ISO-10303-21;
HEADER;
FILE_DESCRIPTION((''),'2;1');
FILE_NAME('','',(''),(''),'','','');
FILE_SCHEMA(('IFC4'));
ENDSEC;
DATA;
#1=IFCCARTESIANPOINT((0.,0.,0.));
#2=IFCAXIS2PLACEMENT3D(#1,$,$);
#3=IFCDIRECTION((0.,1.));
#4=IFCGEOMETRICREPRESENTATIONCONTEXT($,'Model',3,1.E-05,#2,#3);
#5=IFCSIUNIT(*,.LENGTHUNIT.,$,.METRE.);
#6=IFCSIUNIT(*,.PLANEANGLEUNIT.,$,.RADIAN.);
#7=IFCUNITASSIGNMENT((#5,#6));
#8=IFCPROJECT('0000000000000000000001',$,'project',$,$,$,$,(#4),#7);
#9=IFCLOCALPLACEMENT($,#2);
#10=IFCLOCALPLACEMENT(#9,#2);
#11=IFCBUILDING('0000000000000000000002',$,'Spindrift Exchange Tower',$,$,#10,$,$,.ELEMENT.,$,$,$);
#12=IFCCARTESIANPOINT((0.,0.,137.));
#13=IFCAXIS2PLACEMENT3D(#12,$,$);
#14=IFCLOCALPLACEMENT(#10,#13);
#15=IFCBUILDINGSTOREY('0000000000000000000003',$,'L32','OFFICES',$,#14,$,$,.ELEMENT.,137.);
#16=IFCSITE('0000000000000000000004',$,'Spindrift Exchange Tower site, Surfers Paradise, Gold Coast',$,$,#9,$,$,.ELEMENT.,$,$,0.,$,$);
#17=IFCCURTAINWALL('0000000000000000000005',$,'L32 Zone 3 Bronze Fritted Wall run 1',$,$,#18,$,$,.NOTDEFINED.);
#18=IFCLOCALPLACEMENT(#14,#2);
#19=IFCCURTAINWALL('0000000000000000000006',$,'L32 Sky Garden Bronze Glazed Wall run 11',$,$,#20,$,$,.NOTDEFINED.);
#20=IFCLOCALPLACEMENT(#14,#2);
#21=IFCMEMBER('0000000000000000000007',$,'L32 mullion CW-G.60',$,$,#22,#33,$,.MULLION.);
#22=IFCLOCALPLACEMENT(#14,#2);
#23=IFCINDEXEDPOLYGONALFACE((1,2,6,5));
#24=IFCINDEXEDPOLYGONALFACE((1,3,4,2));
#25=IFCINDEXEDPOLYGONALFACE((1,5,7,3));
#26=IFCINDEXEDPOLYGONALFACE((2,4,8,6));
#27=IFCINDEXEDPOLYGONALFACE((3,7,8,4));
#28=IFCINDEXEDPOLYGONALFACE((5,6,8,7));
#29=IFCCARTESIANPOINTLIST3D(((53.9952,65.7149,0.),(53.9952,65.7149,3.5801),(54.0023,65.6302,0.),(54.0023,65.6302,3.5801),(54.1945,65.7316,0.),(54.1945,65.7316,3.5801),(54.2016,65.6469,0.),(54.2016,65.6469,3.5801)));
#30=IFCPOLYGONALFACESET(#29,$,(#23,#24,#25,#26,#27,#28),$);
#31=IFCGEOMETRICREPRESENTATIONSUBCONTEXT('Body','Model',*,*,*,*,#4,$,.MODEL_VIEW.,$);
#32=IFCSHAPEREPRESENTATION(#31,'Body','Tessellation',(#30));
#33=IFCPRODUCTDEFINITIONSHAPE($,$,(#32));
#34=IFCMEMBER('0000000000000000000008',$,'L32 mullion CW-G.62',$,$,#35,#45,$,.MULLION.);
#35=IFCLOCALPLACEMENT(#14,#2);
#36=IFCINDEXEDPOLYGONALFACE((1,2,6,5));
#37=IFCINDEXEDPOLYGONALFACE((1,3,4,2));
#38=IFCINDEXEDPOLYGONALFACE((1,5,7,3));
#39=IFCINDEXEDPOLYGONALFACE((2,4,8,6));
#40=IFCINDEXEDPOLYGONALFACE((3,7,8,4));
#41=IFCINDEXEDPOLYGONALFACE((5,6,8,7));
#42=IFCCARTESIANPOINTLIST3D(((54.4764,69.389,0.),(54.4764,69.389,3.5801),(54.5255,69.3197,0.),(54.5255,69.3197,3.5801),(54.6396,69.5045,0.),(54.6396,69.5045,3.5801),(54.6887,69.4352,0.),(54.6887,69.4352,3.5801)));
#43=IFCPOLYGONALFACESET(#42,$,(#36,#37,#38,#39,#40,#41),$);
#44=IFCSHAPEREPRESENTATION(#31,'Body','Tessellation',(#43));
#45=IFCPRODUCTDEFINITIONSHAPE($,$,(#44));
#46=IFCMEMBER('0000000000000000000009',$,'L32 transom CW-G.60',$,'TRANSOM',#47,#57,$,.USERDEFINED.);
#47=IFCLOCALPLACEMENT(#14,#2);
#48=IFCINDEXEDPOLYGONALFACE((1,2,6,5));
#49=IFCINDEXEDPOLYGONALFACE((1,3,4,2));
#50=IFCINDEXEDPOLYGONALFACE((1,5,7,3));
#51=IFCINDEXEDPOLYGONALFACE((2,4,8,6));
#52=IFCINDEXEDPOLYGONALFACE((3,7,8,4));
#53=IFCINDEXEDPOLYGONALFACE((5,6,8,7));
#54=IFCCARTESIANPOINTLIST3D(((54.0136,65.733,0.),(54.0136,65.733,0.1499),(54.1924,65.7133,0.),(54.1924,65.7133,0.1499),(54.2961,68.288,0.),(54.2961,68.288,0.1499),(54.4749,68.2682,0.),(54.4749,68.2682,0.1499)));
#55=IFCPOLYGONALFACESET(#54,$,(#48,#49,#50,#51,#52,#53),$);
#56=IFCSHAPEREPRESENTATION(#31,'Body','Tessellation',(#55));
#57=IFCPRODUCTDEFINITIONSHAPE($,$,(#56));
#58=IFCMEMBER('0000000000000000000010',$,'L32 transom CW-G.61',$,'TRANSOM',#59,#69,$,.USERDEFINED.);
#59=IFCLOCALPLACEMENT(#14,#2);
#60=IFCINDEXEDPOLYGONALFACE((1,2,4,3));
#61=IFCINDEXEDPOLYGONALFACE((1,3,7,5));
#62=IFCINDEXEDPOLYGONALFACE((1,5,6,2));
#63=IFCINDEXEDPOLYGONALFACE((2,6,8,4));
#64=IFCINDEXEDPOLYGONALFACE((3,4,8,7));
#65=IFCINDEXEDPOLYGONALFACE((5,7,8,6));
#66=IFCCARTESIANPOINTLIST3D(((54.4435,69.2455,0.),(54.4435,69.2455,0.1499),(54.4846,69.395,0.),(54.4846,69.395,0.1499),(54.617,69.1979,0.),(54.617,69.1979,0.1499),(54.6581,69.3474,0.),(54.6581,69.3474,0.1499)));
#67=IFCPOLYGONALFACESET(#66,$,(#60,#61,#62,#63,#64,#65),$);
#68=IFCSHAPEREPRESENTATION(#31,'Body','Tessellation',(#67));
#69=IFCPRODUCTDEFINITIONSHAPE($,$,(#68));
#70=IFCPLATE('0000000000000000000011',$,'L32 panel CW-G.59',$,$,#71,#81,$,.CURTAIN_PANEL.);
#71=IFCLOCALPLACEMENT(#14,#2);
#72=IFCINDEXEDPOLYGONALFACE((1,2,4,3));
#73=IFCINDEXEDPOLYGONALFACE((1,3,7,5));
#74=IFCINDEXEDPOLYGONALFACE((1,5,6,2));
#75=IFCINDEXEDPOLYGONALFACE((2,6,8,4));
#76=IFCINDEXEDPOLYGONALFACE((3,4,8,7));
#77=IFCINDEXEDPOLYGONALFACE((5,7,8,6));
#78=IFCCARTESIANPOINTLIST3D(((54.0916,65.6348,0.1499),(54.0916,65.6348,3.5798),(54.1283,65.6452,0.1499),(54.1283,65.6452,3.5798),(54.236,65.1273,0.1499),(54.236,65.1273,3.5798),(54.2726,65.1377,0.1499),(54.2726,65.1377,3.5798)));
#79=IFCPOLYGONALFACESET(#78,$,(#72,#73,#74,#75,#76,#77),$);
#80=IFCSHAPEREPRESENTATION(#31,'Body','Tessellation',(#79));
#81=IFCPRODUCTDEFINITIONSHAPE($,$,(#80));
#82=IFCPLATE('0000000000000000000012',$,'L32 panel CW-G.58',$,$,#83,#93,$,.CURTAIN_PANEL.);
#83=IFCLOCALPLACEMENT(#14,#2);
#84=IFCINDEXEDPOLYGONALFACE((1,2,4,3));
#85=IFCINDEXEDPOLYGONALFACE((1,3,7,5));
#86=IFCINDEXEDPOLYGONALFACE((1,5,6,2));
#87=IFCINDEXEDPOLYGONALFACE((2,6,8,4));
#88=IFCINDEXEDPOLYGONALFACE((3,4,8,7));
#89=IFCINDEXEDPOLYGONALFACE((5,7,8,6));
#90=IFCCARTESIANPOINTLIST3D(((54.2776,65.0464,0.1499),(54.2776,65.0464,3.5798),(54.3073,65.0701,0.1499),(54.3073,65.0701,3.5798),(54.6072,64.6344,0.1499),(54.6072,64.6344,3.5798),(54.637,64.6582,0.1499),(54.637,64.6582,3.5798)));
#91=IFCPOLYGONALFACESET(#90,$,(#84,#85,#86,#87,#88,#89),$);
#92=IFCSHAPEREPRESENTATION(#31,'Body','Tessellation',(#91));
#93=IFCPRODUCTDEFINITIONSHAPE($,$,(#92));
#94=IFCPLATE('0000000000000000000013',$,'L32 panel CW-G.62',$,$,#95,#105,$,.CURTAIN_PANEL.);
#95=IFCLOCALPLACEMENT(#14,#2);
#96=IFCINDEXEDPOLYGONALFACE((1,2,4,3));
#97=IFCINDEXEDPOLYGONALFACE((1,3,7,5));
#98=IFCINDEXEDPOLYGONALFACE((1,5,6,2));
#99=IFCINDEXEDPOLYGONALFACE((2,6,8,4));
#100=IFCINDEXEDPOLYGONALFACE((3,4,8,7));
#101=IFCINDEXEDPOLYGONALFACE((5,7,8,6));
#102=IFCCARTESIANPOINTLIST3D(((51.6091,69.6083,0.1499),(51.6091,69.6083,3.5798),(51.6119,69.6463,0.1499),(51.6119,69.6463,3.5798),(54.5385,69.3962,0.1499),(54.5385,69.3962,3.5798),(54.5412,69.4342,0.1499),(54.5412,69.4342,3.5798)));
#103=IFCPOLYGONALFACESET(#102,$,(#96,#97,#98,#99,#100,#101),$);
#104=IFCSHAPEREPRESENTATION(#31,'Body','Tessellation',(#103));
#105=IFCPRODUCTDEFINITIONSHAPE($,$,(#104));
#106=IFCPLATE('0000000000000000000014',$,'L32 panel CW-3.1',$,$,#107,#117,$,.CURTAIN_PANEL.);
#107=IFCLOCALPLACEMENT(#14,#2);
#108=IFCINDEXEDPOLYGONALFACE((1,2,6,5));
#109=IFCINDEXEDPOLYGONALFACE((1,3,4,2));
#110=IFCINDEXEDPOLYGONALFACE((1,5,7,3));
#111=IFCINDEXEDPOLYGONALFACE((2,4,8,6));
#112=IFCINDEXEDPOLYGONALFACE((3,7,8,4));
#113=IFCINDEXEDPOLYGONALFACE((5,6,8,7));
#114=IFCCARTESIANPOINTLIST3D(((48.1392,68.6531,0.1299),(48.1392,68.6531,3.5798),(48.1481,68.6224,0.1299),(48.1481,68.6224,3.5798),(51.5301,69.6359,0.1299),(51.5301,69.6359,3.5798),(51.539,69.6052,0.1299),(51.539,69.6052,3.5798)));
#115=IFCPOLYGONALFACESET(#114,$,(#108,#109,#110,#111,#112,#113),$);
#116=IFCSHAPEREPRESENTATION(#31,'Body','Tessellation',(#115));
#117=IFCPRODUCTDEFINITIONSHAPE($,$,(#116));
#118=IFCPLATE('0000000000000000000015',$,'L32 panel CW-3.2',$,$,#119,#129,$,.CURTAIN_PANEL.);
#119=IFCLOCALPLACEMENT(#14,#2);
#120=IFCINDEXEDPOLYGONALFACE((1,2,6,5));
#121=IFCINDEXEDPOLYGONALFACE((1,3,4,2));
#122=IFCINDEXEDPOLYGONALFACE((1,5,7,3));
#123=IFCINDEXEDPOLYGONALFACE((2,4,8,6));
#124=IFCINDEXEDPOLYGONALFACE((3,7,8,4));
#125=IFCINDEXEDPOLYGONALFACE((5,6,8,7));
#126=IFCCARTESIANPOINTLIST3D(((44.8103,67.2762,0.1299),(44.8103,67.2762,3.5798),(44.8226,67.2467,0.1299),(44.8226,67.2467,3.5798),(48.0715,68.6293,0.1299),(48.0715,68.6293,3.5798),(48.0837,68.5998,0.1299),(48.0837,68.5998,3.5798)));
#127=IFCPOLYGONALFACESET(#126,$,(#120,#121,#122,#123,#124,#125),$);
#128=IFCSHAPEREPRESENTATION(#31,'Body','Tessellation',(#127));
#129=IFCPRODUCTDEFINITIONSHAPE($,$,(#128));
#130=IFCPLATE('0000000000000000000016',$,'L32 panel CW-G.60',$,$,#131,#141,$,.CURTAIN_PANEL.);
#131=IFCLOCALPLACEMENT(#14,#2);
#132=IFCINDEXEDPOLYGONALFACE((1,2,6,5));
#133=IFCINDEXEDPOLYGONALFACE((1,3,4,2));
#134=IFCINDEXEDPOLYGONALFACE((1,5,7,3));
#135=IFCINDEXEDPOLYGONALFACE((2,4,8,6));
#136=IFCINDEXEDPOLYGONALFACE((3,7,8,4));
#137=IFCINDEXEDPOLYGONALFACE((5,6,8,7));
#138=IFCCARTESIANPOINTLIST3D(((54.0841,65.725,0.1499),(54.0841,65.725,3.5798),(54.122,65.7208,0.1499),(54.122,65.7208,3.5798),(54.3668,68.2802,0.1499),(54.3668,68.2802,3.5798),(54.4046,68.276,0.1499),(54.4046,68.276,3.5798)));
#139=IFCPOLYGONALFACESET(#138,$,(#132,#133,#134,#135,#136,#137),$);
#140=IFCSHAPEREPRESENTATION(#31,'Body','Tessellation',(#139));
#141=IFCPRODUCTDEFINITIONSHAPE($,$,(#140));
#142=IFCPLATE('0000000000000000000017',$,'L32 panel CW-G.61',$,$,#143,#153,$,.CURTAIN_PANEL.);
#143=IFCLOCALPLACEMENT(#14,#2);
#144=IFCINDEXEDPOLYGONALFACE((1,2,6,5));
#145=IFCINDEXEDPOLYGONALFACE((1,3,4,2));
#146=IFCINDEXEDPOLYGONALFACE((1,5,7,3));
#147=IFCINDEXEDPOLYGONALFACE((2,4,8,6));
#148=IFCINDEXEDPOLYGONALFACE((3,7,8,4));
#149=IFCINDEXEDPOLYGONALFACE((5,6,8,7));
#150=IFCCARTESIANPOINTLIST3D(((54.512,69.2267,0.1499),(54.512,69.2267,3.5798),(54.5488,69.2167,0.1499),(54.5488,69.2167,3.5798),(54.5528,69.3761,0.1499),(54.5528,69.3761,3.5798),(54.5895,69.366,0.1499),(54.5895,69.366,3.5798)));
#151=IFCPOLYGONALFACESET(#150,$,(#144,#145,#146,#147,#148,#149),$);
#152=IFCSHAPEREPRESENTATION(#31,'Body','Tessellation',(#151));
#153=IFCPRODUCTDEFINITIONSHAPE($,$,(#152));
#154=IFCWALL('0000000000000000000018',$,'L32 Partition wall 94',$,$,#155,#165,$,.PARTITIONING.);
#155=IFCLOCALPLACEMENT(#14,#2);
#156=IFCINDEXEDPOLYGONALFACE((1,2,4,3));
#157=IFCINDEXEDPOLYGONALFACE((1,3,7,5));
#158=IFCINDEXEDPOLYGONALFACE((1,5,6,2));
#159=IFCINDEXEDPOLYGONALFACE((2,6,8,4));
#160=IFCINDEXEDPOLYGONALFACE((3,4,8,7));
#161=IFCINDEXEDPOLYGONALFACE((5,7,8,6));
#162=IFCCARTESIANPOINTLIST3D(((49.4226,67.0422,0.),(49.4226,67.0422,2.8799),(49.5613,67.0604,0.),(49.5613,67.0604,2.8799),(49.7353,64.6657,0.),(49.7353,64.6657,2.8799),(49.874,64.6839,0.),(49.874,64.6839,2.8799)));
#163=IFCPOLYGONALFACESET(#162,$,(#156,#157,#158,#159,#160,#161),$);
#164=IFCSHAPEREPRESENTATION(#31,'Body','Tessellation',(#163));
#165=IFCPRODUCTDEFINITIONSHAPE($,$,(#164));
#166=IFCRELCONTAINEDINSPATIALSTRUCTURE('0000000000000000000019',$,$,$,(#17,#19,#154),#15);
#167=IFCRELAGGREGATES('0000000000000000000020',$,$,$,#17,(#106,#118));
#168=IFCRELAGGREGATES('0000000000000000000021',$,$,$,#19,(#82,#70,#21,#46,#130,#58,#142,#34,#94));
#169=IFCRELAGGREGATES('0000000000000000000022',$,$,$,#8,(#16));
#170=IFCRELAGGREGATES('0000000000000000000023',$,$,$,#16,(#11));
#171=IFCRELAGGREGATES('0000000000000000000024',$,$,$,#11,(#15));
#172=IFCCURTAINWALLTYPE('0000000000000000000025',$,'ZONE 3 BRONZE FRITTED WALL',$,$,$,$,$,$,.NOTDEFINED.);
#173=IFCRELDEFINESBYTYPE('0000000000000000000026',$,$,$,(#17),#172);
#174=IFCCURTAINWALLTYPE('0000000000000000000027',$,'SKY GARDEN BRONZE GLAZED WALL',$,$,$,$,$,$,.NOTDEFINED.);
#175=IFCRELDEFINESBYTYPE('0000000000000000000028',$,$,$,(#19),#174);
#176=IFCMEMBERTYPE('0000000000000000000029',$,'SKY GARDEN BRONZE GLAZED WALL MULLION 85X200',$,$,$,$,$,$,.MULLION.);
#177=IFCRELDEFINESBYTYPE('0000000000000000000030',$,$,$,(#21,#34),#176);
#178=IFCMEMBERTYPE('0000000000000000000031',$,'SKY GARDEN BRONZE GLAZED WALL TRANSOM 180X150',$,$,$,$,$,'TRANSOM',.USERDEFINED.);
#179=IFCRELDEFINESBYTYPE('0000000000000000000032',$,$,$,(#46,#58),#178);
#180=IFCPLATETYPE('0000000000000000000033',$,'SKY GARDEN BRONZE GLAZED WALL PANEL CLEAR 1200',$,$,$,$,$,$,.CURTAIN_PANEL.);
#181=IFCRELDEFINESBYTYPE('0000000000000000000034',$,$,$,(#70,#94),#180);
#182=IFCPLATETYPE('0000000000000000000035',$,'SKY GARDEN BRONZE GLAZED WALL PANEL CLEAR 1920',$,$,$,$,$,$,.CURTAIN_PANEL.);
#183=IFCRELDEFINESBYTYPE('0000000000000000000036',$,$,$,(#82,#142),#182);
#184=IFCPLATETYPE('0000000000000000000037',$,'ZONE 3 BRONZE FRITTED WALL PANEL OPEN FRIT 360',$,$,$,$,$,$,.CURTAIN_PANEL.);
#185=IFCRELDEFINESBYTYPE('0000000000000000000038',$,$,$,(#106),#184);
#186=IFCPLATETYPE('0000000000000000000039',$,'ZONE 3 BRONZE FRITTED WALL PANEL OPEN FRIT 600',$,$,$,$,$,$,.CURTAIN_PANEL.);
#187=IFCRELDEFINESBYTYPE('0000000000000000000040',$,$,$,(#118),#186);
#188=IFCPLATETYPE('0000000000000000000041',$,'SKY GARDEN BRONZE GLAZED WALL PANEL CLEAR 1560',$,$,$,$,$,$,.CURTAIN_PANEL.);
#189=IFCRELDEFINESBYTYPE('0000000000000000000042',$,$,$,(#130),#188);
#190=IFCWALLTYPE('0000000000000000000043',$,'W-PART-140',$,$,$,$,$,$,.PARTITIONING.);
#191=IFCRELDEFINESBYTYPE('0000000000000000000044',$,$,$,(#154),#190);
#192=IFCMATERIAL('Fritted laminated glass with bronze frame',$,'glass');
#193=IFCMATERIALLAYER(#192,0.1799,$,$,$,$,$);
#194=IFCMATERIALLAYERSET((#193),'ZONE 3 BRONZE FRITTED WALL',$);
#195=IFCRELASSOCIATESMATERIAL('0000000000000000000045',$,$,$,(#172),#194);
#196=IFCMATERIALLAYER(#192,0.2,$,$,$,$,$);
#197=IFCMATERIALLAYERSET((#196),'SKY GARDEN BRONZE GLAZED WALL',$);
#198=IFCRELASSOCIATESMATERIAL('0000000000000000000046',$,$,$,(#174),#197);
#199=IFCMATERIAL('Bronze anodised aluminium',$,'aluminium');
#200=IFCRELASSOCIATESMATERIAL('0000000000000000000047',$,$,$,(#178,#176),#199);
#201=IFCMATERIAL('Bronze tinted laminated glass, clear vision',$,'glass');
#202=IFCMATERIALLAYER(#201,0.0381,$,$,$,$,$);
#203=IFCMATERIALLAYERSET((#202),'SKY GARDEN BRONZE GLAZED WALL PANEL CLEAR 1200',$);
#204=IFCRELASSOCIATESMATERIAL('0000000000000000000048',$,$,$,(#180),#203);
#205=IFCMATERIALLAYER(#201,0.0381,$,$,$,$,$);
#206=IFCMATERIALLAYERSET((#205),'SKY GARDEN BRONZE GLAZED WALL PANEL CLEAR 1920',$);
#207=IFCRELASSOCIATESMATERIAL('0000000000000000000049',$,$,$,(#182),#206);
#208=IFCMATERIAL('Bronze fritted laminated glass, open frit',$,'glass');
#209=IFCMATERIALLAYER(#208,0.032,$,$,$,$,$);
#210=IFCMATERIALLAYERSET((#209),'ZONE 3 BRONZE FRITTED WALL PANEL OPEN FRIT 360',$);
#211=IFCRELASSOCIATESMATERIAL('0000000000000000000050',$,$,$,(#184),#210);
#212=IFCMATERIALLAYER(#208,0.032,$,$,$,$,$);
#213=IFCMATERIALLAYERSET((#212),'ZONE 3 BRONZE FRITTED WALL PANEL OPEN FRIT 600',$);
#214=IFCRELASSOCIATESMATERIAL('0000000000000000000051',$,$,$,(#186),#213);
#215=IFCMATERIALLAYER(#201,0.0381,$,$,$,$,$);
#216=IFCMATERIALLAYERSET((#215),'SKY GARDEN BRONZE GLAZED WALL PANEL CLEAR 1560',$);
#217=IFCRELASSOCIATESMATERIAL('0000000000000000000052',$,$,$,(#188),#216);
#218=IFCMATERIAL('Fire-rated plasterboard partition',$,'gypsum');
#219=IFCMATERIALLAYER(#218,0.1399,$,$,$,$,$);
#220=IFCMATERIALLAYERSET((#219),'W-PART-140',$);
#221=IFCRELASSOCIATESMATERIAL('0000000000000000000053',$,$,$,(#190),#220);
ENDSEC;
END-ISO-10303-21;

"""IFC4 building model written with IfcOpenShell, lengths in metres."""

from ifc_helpers import new_model, si_unit, direction, frame, frame_2d, origin, origin_2d, place, context, subcontext, project, spatial, rectangle, extrude, source, transform, mapped, material, layer, layer_set, material_profile, profile_set, type_object, element, aggregate, save


model = new_model("IFC4")

# Units and contexts
model_context = context("Model", 3, precision=1e-05, world=origin(), true_north=direction((0.0, 1.0)))
body_context = subcontext(model_context, "Body", "Model", "MODEL_VIEW")
ifc_project = project(units=[si_unit("LENGTHUNIT", "METRE"), si_unit("PLANEANGLEUNIT", "RADIAN")], contexts=[model_context])

# Site, building, storey
site_placement = place(None, origin())
site = spatial("IfcSite", under=ifc_project, at=site_placement, Name="Spindrift Exchange Tower site, Surfers Paradise, Gold Coast", CompositionType="ELEMENT", RefElevation=0.0)
building_placement = place(site_placement, origin())
building = spatial("IfcBuilding", under=site, at=building_placement, Name="Spindrift Exchange Tower", CompositionType="ELEMENT")
storey_placement = place(building_placement, frame((0.0, 0.0, 137.0)))
storey = spatial("IfcBuildingStorey", under=building, at=storey_placement, Name="L32", Description="OFFICES", CompositionType="ELEMENT", Elevation=137.0)

# Curtain walls
ifc_material_1 = material(Name="Fritted laminated glass with bronze frame", Category="glass")
ifc_layer_1 = layer(ifc_material_1, 0.1799)
ifc_layer_set_1 = layer_set([ifc_layer_1], Name="ZONE 3 BRONZE FRITTED WALL")
curtain_wall_type_1 = type_object("IfcCurtainWallType", Name="ZONE 3 BRONZE FRITTED WALL", PredefinedType="NOTDEFINED", material=ifc_layer_set_1)
curtain_wall_1_placement = place(storey_placement, origin())
curtain_wall_1 = element("IfcCurtainWall", 1, at=curtain_wall_1_placement, inside=storey, type_object=curtain_wall_type_1, Name="L32 Zone 3 Bronze Fritted Wall run 1", PredefinedType="NOTDEFINED")
ifc_material_2 = material(Name="Bronze anodised aluminium", Category="aluminium")
ifc_layer_2 = layer(ifc_material_1, 0.2)
ifc_layer_set_2 = layer_set([ifc_layer_2], Name="SKY GARDEN BRONZE GLAZED WALL")
curtain_wall_type_2 = type_object("IfcCurtainWallType", Name="SKY GARDEN BRONZE GLAZED WALL", PredefinedType="NOTDEFINED", material=ifc_layer_set_2)
curtain_wall_2_placement = place(storey_placement, origin())
curtain_wall_2 = element("IfcCurtainWall", 2, at=curtain_wall_2_placement, inside=storey, type_object=curtain_wall_type_2, Name="L32 Sky Garden Bronze Glazed Wall run 11", PredefinedType="NOTDEFINED")
ifc_material_profile_1 = material_profile(ifc_material_2, rectangle(XDim=0.1799, YDim=0.1499, at=origin_2d()), Name="SKY GARDEN BRONZE GLAZED WALL TRANSOM 180X150")
ifc_profile_set_1 = profile_set([ifc_material_profile_1], Name="Bronze anodised aluminium")
member_type_1 = type_object("IfcMemberType", Name="SKY GARDEN BRONZE GLAZED WALL TRANSOM 180X150", ElementType="TRANSOM", PredefinedType="USERDEFINED", material=ifc_profile_set_1)

# Members
ifc_material_profile_2 = material_profile(ifc_material_2, rectangle(XDim=0.085, YDim=0.2, at=origin_2d()), Name="SKY GARDEN BRONZE GLAZED WALL MULLION 85X200")
ifc_profile_set_2 = profile_set([ifc_material_profile_2], Name="Bronze anodised aluminium")
member_type_2 = type_object("IfcMemberType", Name="SKY GARDEN BRONZE GLAZED WALL MULLION 85X200", PredefinedType="MULLION", material=ifc_profile_set_2)
shared_shape_1 = source(origin(), body_context, "Body", "SweptSolid", [
    extrude(rectangle(XDim=0.085, YDim=0.2, at=origin_2d()), origin(), (0.0, 0.0, 1.0), 3.5801),
])
member_1_placement = place(storey_placement, frame((54.0984, 65.6809, 0.0), z_axis=(0.0, 0.0, 1.0), x_axis=(-0.083362, 0.996519, 0.0)))
member_1 = element("IfcMember", 3, at=member_1_placement, type_object=member_type_2, Name="L32 mullion CW-G.60", PredefinedType="MULLION", context=body_context, shape_type="MappedRepresentation", body=[
    mapped(shared_shape_1, transform((0.0, 0.0, 0.0), scale=1.0)),
])
member_2_placement = place(storey_placement, frame((54.5825, 69.4121, 0.0), z_axis=(0.0, 0.0, 1.0), x_axis=(-0.57774, 0.816221, 0.0)))
member_2 = element("IfcMember", 4, at=member_2_placement, type_object=member_type_2, Name="L32 mullion CW-G.62", PredefinedType="MULLION", context=body_context, shape_type="MappedRepresentation", body=[
    mapped(shared_shape_1, transform((0.0, 0.0, 0.0), scale=1.0)),
])
shared_shape_2 = source(origin(), body_context, "Body", "SweptSolid", [
    extrude(rectangle(XDim=0.1799, YDim=0.1499, at=origin_2d()), origin(), (0.0, 0.0, 1.0), 2.5706),
])
member_3_placement = place(storey_placement, frame((54.103, 65.7231, 0.075), z_axis=(0.109889, 0.993944, 0.0), x_axis=(-0.993944, 0.109889, 0.0)))
member_3 = element("IfcMember", 5, at=member_3_placement, type_object=member_type_1, Name="L32 transom CW-G.60", ObjectType="TRANSOM", PredefinedType="USERDEFINED", context=body_context, shape_type="MappedRepresentation", body=[
    mapped(shared_shape_2, transform((0.0, 0.0, 0.0), scale=1.0)),
])
shared_shape_3 = source(origin(), body_context, "Body", "SweptSolid", [
    extrude(rectangle(XDim=0.1799, YDim=0.1499, at=origin_2d()), origin(), (0.0, 0.0, 1.0), 0.155),
])
member_4_placement = place(storey_placement, frame((54.5303, 69.2217, 0.075), z_axis=(0.264717, 0.964326, 0.0), x_axis=(-0.964326, 0.264717, 0.0)))
member_4 = element("IfcMember", 6, at=member_4_placement, type_object=member_type_1, Name="L32 transom CW-G.61", ObjectType="TRANSOM", PredefinedType="USERDEFINED", context=body_context, shape_type="MappedRepresentation", body=[
    mapped(shared_shape_3, transform((0.0, 0.0, 0.0), scale=1.0)),
])

# Plates
ifc_material_3 = material(Name="Bronze tinted laminated glass, clear vision", Category="glass")
ifc_layer_3 = layer(ifc_material_3, 0.0381)
ifc_layer_set_3 = layer_set([ifc_layer_3], Name="SKY GARDEN BRONZE GLAZED WALL PANEL CLEAR 1200")
plate_type_1 = type_object("IfcPlateType", Name="SKY GARDEN BRONZE GLAZED WALL PANEL CLEAR 1200", PredefinedType="CURTAIN_PANEL", material=ifc_layer_set_3)
shared_shape_4 = source(origin(), body_context, "Body", "SweptSolid", [
    extrude(rectangle(XDim=0.5276, YDim=0.0381, at=origin_2d()), origin(), (0.0, 0.0, 1.0), 3.4299),
])
plate_1_placement = place(storey_placement, frame((54.1821, 65.3862, 0.1499), z_axis=(0.0, 0.0, 1.0), x_axis=(-0.273556, 0.961856, 0.0)))
plate_1 = element("IfcPlate", 7, at=plate_1_placement, type_object=plate_type_1, Name="L32 panel CW-G.59", PredefinedType="CURTAIN_PANEL", context=body_context, shape_type="MappedRepresentation", body=[
    mapped(shared_shape_4, transform((0.0, 0.0, 0.0), scale=1.0)),
])
ifc_layer_4 = layer(ifc_material_3, 0.0381)
ifc_layer_set_4 = layer_set([ifc_layer_4], Name="SKY GARDEN BRONZE GLAZED WALL PANEL CLEAR 1920")
plate_type_2 = type_object("IfcPlateType", Name="SKY GARDEN BRONZE GLAZED WALL PANEL CLEAR 1920", PredefinedType="CURTAIN_PANEL", material=ifc_layer_set_4)
shared_shape_5 = source(origin(), body_context, "Body", "SweptSolid", [
    extrude(rectangle(XDim=0.5276, YDim=0.0381, at=origin_2d()), origin(), (0.0, 0.0, 1.0), 3.4299),
])
plate_2_placement = place(storey_placement, frame((54.4573, 64.8523, 0.1499), z_axis=(0.0, 0.0, 1.0), x_axis=(-0.624854, 0.780741, 0.0)))
plate_2 = element("IfcPlate", 8, at=plate_2_placement, type_object=plate_type_2, Name="L32 panel CW-G.58", PredefinedType="CURTAIN_PANEL", context=body_context, shape_type="MappedRepresentation", body=[
    mapped(shared_shape_5, transform((0.0, 0.0, 0.0), scale=1.0)),
])
shared_shape_6 = source(origin(), body_context, "Body", "SweptSolid", [
    extrude(rectangle(XDim=2.937, YDim=0.0381, at=origin_2d()), origin(), (0.0, 0.0, 1.0), 3.4299),
])
plate_3_placement = place(storey_placement, frame((53.0752, 69.5212, 0.1499), z_axis=(0.0, 0.0, 1.0), x_axis=(-0.99739, 0.072202, 0.0)))
plate_3 = element("IfcPlate", 9, at=plate_3_placement, type_object=plate_type_1, Name="L32 panel CW-G.62", PredefinedType="CURTAIN_PANEL", context=body_context, shape_type="MappedRepresentation", body=[
    mapped(shared_shape_6, transform((0.0, 0.0, 0.0), scale=1.0)),
])
ifc_material_4 = material(Name="Bronze fritted laminated glass, open frit", Category="glass")
ifc_layer_5 = layer(ifc_material_4, 0.032)
ifc_layer_set_5 = layer_set([ifc_layer_5], Name="ZONE 3 BRONZE FRITTED WALL PANEL OPEN FRIT 360")
plate_type_3 = type_object("IfcPlateType", Name="ZONE 3 BRONZE FRITTED WALL PANEL OPEN FRIT 360", PredefinedType="CURTAIN_PANEL", material=ifc_layer_set_5)
shared_shape_7 = source(origin(), body_context, "Body", "SweptSolid", [
    extrude(rectangle(XDim=3.5305, YDim=0.032, at=origin_2d()), origin(), (0.0, 0.0, 1.0), 3.45),
])
plate_4_placement = place(storey_placement, frame((49.8391, 69.1292, 0.1299), z_axis=(0.0, 0.0, 1.0), x_axis=(-0.960467, -0.278394, 0.0)))
plate_4 = element("IfcPlate", 10, at=plate_4_placement, type_object=plate_type_3, Name="L32 panel CW-3.1", PredefinedType="CURTAIN_PANEL", context=body_context, shape_type="MappedRepresentation", body=[
    mapped(shared_shape_7, transform((0.0, 0.0, 0.0), scale=1.0)),
])
ifc_layer_6 = layer(ifc_material_4, 0.032)
ifc_layer_set_6 = layer_set([ifc_layer_6], Name="ZONE 3 BRONZE FRITTED WALL PANEL OPEN FRIT 600")
plate_type_4 = type_object("IfcPlateType", Name="ZONE 3 BRONZE FRITTED WALL PANEL OPEN FRIT 600", PredefinedType="CURTAIN_PANEL", material=ifc_layer_set_6)
shared_shape_8 = source(origin(), body_context, "Body", "SweptSolid", [
    extrude(rectangle(XDim=3.5308, YDim=0.032, at=origin_2d()), origin(), (0.0, 0.0, 1.0), 3.45),
])
plate_5_placement = place(storey_placement, frame((46.447, 67.938, 0.1299), z_axis=(0.0, 0.0, 1.0), x_axis=(-0.923653, -0.38323, 0.0)))
plate_5 = element("IfcPlate", 11, at=plate_5_placement, type_object=plate_type_4, Name="L32 panel CW-3.2", PredefinedType="CURTAIN_PANEL", context=body_context, shape_type="MappedRepresentation", body=[
    mapped(shared_shape_8, transform((0.0, 0.0, 0.0), scale=1.0)),
])
aggregate(curtain_wall_1, [plate_4, plate_5])
ifc_layer_7 = layer(ifc_material_3, 0.0381)
ifc_layer_set_7 = layer_set([ifc_layer_7], Name="SKY GARDEN BRONZE GLAZED WALL PANEL CLEAR 1560")
plate_type_5 = type_object("IfcPlateType", Name="SKY GARDEN BRONZE GLAZED WALL PANEL CLEAR 1560", PredefinedType="CURTAIN_PANEL", material=ifc_layer_set_7)
shared_shape_9 = source(origin(), body_context, "Body", "SweptSolid", [
    extrude(rectangle(XDim=2.5708, YDim=0.0381, at=origin_2d()), origin(), (0.0, 0.0, 1.0), 3.4299),
])
plate_6_placement = place(storey_placement, frame((54.2444, 67.0005, 0.1499), z_axis=(0.0, 0.0, 1.0), x_axis=(0.109948, 0.993937, 0.0)))
plate_6 = element("IfcPlate", 12, at=plate_6_placement, type_object=plate_type_5, Name="L32 panel CW-G.60", PredefinedType="CURTAIN_PANEL", context=body_context, shape_type="MappedRepresentation", body=[
    mapped(shared_shape_9, transform((0.0, 0.0, 0.0), scale=1.0)),
])
shared_shape_10 = source(origin(), body_context, "Body", "SweptSolid", [
    extrude(rectangle(XDim=0.1548, YDim=0.0381, at=origin_2d()), origin(), (0.0, 0.0, 1.0), 3.4299),
])
plate_7_placement = place(storey_placement, frame((54.5508, 69.2964, 0.1499), z_axis=(0.0, 0.0, 1.0), x_axis=(0.263471, 0.964667, 0.0)))
plate_7 = element("IfcPlate", 13, at=plate_7_placement, type_object=plate_type_2, Name="L32 panel CW-G.61", PredefinedType="CURTAIN_PANEL", context=body_context, shape_type="MappedRepresentation", body=[
    mapped(shared_shape_10, transform((0.0, 0.0, 0.0), scale=1.0)),
])
aggregate(curtain_wall_2, [plate_2, plate_1, member_1, member_3, plate_6, member_4, plate_7, member_2, plate_3])

# Wall
ifc_material_5 = material(Name="Fire-rated plasterboard partition", Category="gypsum")
ifc_layer_8 = layer(ifc_material_5, 0.1399)
ifc_layer_set_8 = layer_set([ifc_layer_8], Name="W-PART-140")
wall_type = type_object("IfcWallType", Name="W-PART-140", PredefinedType="PARTITIONING", material=ifc_layer_set_8)
wall_1_placement = place(storey_placement, frame((49.8047, 64.6748, 0.0), z_axis=(0.0, 0.0, 1.0), x_axis=(-0.130476, 0.991452, 0.0)))
element("IfcWall", 14, at=wall_1_placement, inside=storey, type_object=wall_type, Name="L32 Partition wall 94", PredefinedType="PARTITIONING", context=body_context, shape_type="SweptSolid", body=[
    extrude(rectangle(XDim=2.397, YDim=0.1399, at=frame_2d((1.1985, 0.0))), origin(), (0.0, 0.0, 1.0), 2.8799),
])

save(model, "model.ifc")
